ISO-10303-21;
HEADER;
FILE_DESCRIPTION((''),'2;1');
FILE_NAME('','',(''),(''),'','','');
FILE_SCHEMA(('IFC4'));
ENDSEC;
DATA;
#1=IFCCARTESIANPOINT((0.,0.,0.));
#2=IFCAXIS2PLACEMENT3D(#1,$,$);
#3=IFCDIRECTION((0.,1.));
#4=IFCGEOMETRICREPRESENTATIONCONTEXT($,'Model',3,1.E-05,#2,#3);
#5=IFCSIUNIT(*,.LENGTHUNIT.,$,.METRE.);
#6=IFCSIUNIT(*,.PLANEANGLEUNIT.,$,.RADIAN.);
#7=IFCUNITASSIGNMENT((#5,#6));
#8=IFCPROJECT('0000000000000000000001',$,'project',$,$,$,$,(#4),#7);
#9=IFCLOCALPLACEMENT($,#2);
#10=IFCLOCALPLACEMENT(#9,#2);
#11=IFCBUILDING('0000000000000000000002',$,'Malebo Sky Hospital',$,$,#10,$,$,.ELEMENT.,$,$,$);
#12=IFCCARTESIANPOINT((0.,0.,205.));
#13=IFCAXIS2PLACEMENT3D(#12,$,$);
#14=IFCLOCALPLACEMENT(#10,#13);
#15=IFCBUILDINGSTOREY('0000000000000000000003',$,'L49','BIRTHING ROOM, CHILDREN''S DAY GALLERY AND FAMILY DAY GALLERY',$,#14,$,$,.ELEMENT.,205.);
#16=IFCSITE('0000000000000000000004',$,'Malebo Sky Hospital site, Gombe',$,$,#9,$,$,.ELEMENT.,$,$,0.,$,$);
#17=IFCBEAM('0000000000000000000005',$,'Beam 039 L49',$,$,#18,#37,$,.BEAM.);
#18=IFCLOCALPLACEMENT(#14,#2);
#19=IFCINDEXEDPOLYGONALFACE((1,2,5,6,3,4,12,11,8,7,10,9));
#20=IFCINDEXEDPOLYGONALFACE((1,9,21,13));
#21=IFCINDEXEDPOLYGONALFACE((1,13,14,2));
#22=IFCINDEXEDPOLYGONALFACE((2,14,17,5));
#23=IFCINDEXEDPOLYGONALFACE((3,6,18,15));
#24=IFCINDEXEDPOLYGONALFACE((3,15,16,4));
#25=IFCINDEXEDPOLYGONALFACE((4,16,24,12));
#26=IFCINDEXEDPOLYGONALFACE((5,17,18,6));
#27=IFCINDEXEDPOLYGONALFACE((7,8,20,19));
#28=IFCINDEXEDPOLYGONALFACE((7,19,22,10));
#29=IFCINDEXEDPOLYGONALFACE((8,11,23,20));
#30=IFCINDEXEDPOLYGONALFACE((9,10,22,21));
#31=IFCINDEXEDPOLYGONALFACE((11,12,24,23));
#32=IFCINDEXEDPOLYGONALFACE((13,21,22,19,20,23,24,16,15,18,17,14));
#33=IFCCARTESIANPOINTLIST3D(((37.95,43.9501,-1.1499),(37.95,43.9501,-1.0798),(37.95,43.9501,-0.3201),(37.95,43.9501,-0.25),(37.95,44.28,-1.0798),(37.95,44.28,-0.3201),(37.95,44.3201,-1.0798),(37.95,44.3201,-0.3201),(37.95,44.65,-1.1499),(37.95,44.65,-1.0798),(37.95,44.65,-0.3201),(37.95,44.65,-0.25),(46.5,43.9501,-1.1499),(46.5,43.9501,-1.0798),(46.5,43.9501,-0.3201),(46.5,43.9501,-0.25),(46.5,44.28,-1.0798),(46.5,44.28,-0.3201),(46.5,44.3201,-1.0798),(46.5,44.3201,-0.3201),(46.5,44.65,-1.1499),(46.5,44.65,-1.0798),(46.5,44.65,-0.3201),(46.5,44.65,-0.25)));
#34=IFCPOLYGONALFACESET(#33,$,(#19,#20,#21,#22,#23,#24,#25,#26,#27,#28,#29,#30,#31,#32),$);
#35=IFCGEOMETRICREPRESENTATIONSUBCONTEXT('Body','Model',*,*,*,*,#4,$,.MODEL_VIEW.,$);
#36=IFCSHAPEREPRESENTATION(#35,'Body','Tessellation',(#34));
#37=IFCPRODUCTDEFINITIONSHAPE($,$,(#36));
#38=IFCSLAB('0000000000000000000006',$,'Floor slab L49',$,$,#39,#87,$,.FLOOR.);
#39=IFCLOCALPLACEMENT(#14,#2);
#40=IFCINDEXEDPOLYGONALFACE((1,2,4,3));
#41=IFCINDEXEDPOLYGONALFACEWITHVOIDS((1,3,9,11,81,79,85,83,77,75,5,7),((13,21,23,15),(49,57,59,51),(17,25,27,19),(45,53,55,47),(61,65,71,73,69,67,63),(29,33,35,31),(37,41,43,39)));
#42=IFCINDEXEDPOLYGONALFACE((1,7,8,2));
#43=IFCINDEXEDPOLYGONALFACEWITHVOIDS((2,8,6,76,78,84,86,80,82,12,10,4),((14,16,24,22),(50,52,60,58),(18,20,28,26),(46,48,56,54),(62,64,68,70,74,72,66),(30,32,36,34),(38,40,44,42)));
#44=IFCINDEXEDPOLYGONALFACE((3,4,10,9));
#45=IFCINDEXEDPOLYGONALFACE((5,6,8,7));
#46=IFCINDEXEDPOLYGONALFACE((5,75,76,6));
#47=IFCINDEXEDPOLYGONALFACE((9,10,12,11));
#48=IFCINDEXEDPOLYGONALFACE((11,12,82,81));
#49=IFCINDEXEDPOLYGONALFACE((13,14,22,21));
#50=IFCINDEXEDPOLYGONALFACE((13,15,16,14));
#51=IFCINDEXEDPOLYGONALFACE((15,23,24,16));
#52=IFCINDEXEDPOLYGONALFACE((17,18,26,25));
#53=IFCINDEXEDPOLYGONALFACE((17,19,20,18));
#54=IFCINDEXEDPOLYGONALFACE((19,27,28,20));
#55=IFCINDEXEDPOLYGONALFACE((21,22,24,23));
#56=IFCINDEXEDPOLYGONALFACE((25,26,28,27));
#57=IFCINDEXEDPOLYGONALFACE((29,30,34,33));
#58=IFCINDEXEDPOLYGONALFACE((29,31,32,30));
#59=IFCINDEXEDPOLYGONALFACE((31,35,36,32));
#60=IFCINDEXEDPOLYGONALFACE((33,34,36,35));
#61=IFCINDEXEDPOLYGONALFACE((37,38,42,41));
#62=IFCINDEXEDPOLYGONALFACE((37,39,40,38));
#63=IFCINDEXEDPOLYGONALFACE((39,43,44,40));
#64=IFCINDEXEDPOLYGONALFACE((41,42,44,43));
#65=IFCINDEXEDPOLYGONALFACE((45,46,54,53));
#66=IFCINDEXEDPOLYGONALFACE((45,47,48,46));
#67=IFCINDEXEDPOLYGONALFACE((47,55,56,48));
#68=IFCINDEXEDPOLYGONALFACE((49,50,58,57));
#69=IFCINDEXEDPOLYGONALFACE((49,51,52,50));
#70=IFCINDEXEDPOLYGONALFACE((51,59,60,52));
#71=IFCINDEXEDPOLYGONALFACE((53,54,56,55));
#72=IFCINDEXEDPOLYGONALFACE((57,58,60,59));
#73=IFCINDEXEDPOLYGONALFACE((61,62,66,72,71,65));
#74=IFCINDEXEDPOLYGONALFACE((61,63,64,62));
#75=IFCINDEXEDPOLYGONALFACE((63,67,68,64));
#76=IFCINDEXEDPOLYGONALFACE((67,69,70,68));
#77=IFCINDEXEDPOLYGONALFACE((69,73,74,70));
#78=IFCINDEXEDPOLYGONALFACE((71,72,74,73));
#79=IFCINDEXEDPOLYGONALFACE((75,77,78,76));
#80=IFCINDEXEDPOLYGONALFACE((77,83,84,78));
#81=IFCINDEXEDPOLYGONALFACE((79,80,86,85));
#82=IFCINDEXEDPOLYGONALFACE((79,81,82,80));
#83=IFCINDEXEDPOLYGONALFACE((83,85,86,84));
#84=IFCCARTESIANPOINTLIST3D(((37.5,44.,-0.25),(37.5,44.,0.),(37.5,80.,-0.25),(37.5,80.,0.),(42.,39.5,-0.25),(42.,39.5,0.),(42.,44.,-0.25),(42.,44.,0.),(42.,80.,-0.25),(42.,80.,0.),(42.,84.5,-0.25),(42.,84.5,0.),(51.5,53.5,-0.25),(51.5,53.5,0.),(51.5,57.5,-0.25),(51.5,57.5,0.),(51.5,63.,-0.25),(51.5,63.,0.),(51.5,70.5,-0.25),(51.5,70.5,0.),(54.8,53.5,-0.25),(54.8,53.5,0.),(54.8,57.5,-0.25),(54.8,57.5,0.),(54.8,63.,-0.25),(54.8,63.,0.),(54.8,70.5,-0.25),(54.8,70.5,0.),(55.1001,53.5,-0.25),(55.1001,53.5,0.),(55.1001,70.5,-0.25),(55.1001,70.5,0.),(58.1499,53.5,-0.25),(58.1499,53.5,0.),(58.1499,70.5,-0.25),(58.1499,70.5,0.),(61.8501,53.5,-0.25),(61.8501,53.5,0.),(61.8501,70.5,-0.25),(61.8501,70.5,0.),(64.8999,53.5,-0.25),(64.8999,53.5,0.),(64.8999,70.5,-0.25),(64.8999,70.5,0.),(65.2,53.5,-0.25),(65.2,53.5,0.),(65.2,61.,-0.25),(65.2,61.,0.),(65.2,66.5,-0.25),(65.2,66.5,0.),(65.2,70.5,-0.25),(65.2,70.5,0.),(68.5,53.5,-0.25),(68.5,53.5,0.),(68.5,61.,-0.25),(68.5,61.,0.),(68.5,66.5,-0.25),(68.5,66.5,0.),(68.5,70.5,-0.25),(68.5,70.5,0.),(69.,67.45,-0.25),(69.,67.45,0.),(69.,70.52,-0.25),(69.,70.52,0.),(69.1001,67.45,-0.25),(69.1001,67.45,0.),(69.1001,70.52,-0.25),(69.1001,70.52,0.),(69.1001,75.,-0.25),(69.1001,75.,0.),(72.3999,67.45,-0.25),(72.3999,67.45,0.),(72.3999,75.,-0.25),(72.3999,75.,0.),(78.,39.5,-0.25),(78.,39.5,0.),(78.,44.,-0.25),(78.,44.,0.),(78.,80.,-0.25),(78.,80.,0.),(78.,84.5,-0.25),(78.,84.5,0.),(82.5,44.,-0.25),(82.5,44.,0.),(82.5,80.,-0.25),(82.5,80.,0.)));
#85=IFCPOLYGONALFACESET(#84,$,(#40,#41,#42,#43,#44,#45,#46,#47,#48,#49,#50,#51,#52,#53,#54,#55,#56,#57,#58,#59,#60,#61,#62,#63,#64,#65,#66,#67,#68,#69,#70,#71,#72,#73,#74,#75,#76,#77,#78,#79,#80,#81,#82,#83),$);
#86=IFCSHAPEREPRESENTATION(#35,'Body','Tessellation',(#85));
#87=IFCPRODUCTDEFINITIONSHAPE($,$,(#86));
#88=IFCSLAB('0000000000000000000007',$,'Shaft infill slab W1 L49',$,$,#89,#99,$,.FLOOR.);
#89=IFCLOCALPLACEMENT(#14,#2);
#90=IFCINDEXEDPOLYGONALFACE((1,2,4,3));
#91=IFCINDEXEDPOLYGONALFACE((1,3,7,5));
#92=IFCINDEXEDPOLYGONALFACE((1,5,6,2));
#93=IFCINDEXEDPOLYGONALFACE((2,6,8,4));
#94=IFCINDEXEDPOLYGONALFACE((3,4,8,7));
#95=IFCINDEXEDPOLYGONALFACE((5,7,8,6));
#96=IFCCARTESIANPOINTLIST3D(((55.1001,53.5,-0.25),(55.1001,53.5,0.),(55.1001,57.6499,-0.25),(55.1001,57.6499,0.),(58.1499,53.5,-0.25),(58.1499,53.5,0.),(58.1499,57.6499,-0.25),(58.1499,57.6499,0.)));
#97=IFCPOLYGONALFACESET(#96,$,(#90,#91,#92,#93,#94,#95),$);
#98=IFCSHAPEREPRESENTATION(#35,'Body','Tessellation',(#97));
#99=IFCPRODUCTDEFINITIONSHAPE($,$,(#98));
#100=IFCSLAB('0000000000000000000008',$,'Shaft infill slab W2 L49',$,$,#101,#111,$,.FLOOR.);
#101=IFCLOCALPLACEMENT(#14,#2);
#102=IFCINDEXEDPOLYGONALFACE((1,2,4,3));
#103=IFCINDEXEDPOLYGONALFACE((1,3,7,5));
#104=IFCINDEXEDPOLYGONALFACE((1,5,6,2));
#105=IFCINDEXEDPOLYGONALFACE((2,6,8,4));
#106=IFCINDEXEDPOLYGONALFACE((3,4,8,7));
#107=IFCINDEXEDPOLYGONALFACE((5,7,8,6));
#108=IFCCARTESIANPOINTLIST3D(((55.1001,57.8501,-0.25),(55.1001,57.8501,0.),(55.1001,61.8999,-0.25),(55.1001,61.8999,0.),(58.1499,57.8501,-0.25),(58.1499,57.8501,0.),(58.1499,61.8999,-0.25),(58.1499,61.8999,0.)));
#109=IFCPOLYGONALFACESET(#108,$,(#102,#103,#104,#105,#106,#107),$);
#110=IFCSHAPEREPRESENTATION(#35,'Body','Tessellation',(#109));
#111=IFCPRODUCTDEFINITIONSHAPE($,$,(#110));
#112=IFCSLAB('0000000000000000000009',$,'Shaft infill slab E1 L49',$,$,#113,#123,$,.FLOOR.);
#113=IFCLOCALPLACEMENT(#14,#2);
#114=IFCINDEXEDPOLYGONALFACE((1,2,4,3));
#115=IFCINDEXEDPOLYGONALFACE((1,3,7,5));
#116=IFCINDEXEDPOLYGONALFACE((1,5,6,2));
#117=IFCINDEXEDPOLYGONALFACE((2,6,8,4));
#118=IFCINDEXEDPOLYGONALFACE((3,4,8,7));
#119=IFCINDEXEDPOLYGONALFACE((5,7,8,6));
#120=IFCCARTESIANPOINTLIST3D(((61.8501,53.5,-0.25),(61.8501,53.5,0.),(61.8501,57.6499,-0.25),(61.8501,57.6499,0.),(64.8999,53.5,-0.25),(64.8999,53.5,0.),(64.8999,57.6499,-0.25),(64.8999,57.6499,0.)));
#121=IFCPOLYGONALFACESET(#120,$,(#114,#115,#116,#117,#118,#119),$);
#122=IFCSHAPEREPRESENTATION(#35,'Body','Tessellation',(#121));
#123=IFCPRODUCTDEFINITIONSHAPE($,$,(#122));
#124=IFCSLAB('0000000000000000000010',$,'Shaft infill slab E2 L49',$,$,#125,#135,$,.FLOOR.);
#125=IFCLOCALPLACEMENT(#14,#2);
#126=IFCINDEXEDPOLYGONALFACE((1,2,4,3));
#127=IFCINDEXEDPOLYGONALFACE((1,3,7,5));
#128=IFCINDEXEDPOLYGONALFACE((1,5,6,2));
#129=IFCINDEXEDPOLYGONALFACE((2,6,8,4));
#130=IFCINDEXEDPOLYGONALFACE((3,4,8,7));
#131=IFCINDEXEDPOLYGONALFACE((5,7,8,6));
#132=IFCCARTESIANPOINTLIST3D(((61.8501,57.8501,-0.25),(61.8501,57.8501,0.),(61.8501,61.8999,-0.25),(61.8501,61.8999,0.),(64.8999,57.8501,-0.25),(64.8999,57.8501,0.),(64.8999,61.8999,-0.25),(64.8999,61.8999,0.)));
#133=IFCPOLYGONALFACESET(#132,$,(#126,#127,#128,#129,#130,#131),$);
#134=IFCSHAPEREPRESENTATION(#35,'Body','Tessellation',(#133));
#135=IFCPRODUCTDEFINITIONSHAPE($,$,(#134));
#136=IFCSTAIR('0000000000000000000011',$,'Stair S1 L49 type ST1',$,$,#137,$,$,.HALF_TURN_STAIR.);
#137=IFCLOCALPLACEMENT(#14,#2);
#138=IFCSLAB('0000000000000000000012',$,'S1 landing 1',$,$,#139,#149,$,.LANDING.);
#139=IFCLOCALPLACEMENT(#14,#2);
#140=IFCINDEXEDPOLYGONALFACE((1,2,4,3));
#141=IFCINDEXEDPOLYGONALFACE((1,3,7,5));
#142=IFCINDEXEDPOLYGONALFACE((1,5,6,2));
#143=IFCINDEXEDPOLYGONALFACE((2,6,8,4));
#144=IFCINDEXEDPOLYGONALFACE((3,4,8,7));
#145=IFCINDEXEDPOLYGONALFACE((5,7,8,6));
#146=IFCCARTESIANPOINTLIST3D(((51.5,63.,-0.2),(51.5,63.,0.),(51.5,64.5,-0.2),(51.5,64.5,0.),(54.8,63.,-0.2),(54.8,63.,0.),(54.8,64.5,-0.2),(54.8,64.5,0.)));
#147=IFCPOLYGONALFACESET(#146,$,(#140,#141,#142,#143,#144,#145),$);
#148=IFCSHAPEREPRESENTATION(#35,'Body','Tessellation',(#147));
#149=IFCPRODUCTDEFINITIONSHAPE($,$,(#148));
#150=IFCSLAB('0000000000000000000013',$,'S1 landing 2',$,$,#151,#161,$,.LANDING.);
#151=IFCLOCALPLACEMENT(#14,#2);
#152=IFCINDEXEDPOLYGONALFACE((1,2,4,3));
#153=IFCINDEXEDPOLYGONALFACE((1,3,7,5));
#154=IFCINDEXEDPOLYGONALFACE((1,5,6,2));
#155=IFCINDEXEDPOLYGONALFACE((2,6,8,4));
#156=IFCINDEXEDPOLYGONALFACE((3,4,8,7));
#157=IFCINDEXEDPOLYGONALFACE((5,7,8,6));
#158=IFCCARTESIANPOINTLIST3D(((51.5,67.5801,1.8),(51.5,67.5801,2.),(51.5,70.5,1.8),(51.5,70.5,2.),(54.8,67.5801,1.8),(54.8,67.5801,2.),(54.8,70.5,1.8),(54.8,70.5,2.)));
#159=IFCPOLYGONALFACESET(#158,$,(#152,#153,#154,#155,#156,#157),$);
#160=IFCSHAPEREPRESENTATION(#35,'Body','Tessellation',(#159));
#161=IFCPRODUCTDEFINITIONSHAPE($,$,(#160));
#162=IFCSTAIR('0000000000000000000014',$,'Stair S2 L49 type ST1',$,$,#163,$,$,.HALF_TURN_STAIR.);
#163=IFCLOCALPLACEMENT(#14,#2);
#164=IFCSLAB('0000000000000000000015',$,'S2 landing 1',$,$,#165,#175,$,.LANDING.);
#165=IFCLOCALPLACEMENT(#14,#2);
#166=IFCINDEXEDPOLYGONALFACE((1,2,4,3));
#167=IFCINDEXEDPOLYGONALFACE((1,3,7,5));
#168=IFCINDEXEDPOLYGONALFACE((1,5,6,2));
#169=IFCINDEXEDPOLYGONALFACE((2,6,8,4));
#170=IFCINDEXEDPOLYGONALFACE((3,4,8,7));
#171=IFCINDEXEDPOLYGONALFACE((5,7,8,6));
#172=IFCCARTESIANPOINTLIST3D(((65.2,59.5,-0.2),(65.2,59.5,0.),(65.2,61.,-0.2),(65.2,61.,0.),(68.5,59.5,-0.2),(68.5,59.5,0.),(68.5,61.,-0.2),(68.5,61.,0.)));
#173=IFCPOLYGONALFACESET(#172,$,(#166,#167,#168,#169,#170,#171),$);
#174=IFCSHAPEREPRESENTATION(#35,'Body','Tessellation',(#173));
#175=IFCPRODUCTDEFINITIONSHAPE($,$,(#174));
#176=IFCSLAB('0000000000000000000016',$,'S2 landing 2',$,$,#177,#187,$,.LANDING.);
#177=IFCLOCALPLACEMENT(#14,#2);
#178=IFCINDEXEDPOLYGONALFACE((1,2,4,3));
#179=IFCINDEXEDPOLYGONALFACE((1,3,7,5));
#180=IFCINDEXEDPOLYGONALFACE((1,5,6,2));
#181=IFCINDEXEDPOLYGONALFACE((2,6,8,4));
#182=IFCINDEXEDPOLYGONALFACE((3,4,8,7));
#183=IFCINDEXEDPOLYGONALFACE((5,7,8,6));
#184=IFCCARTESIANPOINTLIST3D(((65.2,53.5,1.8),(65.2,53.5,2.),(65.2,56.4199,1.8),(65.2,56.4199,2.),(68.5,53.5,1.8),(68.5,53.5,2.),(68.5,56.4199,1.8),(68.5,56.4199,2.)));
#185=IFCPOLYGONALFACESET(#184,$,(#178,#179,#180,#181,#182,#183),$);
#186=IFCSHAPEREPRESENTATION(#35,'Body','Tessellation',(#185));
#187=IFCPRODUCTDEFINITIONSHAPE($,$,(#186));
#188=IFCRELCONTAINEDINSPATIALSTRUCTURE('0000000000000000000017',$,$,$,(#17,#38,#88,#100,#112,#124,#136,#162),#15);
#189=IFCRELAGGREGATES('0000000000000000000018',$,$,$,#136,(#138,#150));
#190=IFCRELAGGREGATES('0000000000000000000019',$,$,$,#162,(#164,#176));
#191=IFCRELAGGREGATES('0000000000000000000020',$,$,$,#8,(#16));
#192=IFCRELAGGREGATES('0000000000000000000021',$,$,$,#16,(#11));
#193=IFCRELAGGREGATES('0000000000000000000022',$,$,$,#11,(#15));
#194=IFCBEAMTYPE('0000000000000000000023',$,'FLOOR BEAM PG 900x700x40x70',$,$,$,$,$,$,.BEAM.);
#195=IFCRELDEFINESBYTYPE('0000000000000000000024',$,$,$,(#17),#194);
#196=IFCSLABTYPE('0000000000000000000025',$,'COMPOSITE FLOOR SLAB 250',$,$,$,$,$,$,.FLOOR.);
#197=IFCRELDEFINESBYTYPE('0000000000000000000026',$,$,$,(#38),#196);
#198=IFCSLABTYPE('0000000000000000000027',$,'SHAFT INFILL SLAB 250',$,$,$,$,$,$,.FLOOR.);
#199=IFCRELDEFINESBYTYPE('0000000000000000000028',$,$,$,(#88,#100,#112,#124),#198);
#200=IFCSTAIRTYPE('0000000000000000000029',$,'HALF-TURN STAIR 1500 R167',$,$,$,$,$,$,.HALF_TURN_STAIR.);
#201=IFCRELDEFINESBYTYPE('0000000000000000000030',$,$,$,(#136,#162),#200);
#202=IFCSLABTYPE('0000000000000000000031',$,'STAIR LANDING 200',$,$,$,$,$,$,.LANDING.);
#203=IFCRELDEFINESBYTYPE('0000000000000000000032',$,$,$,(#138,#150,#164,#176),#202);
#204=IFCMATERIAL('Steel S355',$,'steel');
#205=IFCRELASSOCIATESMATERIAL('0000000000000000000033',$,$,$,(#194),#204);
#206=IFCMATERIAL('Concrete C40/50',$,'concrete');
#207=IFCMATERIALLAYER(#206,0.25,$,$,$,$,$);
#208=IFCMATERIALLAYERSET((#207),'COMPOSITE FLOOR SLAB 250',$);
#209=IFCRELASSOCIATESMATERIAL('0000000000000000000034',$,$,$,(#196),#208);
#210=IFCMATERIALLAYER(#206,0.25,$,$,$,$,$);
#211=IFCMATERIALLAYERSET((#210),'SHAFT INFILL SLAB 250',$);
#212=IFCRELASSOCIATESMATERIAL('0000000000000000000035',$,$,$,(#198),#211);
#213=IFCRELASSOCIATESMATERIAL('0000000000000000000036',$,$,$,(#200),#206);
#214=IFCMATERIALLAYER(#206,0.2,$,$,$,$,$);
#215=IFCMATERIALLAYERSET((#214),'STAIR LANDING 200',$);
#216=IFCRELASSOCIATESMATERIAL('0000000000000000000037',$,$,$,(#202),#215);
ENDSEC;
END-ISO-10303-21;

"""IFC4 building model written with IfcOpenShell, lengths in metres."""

from ifc_helpers import new_model, si_unit, direction, frame, origin, origin_2d, place, context, subcontext, project, spatial, polyline, i_section, outline, extrude, material, layer, layer_set, material_profile, profile_set, type_object, element, aggregate, save


model = new_model("IFC4")

# Units and contexts
model_context = context("Model", 3, precision=1e-05, world=origin(), true_north=direction((0.0, 1.0)))
body_context = subcontext(model_context, "Body", "Model", "MODEL_VIEW")
ifc_project = project(units=[si_unit("LENGTHUNIT", "METRE"), si_unit("PLANEANGLEUNIT", "RADIAN")], contexts=[model_context])

# Site, building, storey
site_placement = place(None, origin())
site = spatial("IfcSite", under=ifc_project, at=site_placement, Name="Malebo Sky Hospital site, Gombe", CompositionType="ELEMENT", RefElevation=0.0)
building_placement = place(site_placement, origin())
building = spatial("IfcBuilding", under=site, at=building_placement, Name="Malebo Sky Hospital", CompositionType="ELEMENT")
storey_placement = place(building_placement, frame((0.0, 0.0, 205.0)))
storey = spatial("IfcBuildingStorey", under=building, at=storey_placement, Name="L49", Description="BIRTHING ROOM, CHILDREN'S DAY GALLERY AND FAMILY DAY GALLERY", CompositionType="ELEMENT", Elevation=205.0)

# Shared definitions
ifc_material_1 = material(Name="Steel S355", Category="steel")

# Beam
ifc_material_profile_1 = material_profile(ifc_material_1, i_section(OverallWidth=0.7, OverallDepth=0.8999, WebThickness=0.04, FlangeThickness=0.0701, at=origin_2d()), Name="PG 900x700x40x70")
ifc_profile_set_1 = profile_set([ifc_material_profile_1], Name="Steel S355")
beam_type_1 = type_object("IfcBeamType", Name="FLOOR BEAM PG 900x700x40x70", PredefinedType="BEAM", material=ifc_profile_set_1)
for number, where, z_axis, x_axis, name in (
    (1, (37.95, 44.3, -0.7), (1.0, 0.0, 0.0), (0.0, 1.0, 0.0), "Beam 039 L49"),
):
    element("IfcBeam", number, at=place(storey_placement, frame(where, z_axis=z_axis, x_axis=x_axis)), inside=storey, type_object=beam_type_1, Name=name, PredefinedType="BEAM", context=body_context, shape_type="SweptSolid", body=[
        extrude(i_section(OverallWidth=0.7, OverallDepth=0.8999, WebThickness=0.04, FlangeThickness=0.0701, at=origin_2d()), origin(), (0.0, 0.0, 1.0), 8.55),
    ])

# Slabs
ifc_material_2 = material(Name="Concrete C40/50", Category="concrete")
ifc_layer_1 = layer(ifc_material_2, 0.25)
ifc_layer_set_1 = layer_set([ifc_layer_1], Name="COMPOSITE FLOOR SLAB 250")
slab_type_1 = type_object("IfcSlabType", Name="COMPOSITE FLOOR SLAB 250", PredefinedType="FLOOR", material=ifc_layer_set_1)
slab_1_placement = place(storey_placement, frame((0.0, 0.0, -0.25)))
element("IfcSlab", 2, at=slab_1_placement, inside=storey, type_object=slab_type_1, Name="Floor slab L49", PredefinedType="FLOOR", context=body_context, shape_type="SweptSolid", body=[
    extrude(outline(polyline([(42.0, 84.5), (42.0, 80.0), (37.5, 80.0), (37.5, 44.0), (42.0, 44.0), (42.0, 39.5), (78.0, 39.5), (78.0, 44.0), (82.5, 44.0), (82.5, 80.0), (78.0, 80.0), (78.0, 84.5), (42.0, 84.5)]), holes=[polyline([(55.1001, 70.5), (58.1499, 70.5), (58.1499, 53.5), (55.1001, 53.5), (55.1001, 70.5)]), polyline([(64.8999, 70.5), (64.8999, 53.5), (61.8501, 53.5), (61.8501, 70.5), (64.8999, 70.5)]), polyline([(54.8, 63.0), (51.5, 63.0), (51.5, 70.5), (54.8, 70.5), (54.8, 63.0)]), polyline([(51.5, 53.5), (51.5, 57.5), (54.8, 57.5), (54.8, 53.5), (51.5, 53.5)]), polyline([(65.2, 61.0), (68.5, 61.0), (68.5, 53.5), (65.2, 53.5), (65.2, 61.0)]), polyline([(68.5, 70.5), (68.5, 66.5), (65.2, 66.5), (65.2, 70.5), (68.5, 70.5)]), polyline([(69.0, 67.45), (69.0, 70.52), (69.1001, 70.52), (69.1001, 75.0), (72.3999, 75.0), (72.3999, 67.45), (69.1001, 67.45), (69.0, 67.45)])]), origin(), (0.0, 0.0, 1.0), 0.25),
])
ifc_layer_2 = layer(ifc_material_2, 0.25)
ifc_layer_set_2 = layer_set([ifc_layer_2], Name="SHAFT INFILL SLAB 250")
slab_type_2 = type_object("IfcSlabType", Name="SHAFT INFILL SLAB 250", PredefinedType="FLOOR", material=ifc_layer_set_2)
slab_2_placement = place(storey_placement, frame((0.0, 0.0, -0.25)))
element("IfcSlab", 3, at=slab_2_placement, inside=storey, type_object=slab_type_2, Name="Shaft infill slab W1 L49", PredefinedType="FLOOR", context=body_context, shape_type="SweptSolid", body=[
    extrude(outline(polyline([(55.1001, 53.5), (58.1499, 53.5), (58.1499, 57.6499), (55.1001, 57.6499), (55.1001, 53.5)])), origin(), (0.0, 0.0, 1.0), 0.25),
])
slab_3_placement = place(storey_placement, frame((0.0, 0.0, -0.25)))
element("IfcSlab", 4, at=slab_3_placement, inside=storey, type_object=slab_type_2, Name="Shaft infill slab W2 L49", PredefinedType="FLOOR", context=body_context, shape_type="SweptSolid", body=[
    extrude(outline(polyline([(55.1001, 57.8501), (58.1499, 57.8501), (58.1499, 61.8999), (55.1001, 61.8999), (55.1001, 57.8501)])), origin(), (0.0, 0.0, 1.0), 0.25),
])
slab_4_placement = place(storey_placement, frame((0.0, 0.0, -0.25)))
element("IfcSlab", 5, at=slab_4_placement, inside=storey, type_object=slab_type_2, Name="Shaft infill slab E1 L49", PredefinedType="FLOOR", context=body_context, shape_type="SweptSolid", body=[
    extrude(outline(polyline([(61.8501, 53.5), (64.8999, 53.5), (64.8999, 57.6499), (61.8501, 57.6499), (61.8501, 53.5)])), origin(), (0.0, 0.0, 1.0), 0.25),
])
slab_5_placement = place(storey_placement, frame((0.0, 0.0, -0.25)))
element("IfcSlab", 6, at=slab_5_placement, inside=storey, type_object=slab_type_2, Name="Shaft infill slab E2 L49", PredefinedType="FLOOR", context=body_context, shape_type="SweptSolid", body=[
    extrude(outline(polyline([(61.8501, 57.8501), (64.8999, 57.8501), (64.8999, 61.8999), (61.8501, 61.8999), (61.8501, 57.8501)])), origin(), (0.0, 0.0, 1.0), 0.25),
])

# Stairs, slabs
stair_type_1 = type_object("IfcStairType", Name="HALF-TURN STAIR 1500 R167", PredefinedType="HALF_TURN_STAIR", material=ifc_material_2)
stair_1_placement = place(storey_placement, origin())
stair_1 = element("IfcStair", 7, at=stair_1_placement, inside=storey, type_object=stair_type_1, Name="Stair S1 L49 type ST1", PredefinedType="HALF_TURN_STAIR")
ifc_layer_3 = layer(ifc_material_2, 0.2)
ifc_layer_set_3 = layer_set([ifc_layer_3], Name="STAIR LANDING 200")
slab_type_3 = type_object("IfcSlabType", Name="STAIR LANDING 200", PredefinedType="LANDING", material=ifc_layer_set_3)
slab_6_placement = place(storey_placement, frame((0.0, 0.0, -0.2)))
slab_6 = element("IfcSlab", 8, at=slab_6_placement, type_object=slab_type_3, Name="S1 landing 1", PredefinedType="LANDING", context=body_context, shape_type="SweptSolid", body=[
    extrude(outline(polyline([(51.5, 63.0), (54.8, 63.0), (54.8, 64.5), (51.5, 64.5), (51.5, 63.0)])), origin(), (0.0, 0.0, 1.0), 0.2),
])
slab_7_placement = place(storey_placement, frame((0.0, 0.0, 1.8)))
slab_7 = element("IfcSlab", 9, at=slab_7_placement, type_object=slab_type_3, Name="S1 landing 2", PredefinedType="LANDING", context=body_context, shape_type="SweptSolid", body=[
    extrude(outline(polyline([(51.5, 67.5801), (54.8, 67.5801), (54.8, 70.5), (51.5, 70.5), (51.5, 67.5801)])), origin(), (0.0, 0.0, 1.0), 0.2),
])
aggregate(stair_1, [slab_6, slab_7])
stair_2_placement = place(storey_placement, origin())
stair_2 = element("IfcStair", 10, at=stair_2_placement, inside=storey, type_object=stair_type_1, Name="Stair S2 L49 type ST1", PredefinedType="HALF_TURN_STAIR")
slab_8_placement = place(storey_placement, frame((0.0, 0.0, -0.2)))
slab_8 = element("IfcSlab", 11, at=slab_8_placement, type_object=slab_type_3, Name="S2 landing 1", PredefinedType="LANDING", context=body_context, shape_type="SweptSolid", body=[
    extrude(outline(polyline([(65.2, 59.5), (68.5, 59.5), (68.5, 61.0), (65.2, 61.0), (65.2, 59.5)])), origin(), (0.0, 0.0, 1.0), 0.2),
])
slab_9_placement = place(storey_placement, frame((0.0, 0.0, 1.8)))
slab_9 = element("IfcSlab", 12, at=slab_9_placement, type_object=slab_type_3, Name="S2 landing 2", PredefinedType="LANDING", context=body_context, shape_type="SweptSolid", body=[
    extrude(outline(polyline([(65.2, 53.5), (68.5, 53.5), (68.5, 56.4199), (65.2, 56.4199), (65.2, 53.5)])), origin(), (0.0, 0.0, 1.0), 0.2),
])
aggregate(stair_2, [slab_8, slab_9])

save(model, "model.ifc")
